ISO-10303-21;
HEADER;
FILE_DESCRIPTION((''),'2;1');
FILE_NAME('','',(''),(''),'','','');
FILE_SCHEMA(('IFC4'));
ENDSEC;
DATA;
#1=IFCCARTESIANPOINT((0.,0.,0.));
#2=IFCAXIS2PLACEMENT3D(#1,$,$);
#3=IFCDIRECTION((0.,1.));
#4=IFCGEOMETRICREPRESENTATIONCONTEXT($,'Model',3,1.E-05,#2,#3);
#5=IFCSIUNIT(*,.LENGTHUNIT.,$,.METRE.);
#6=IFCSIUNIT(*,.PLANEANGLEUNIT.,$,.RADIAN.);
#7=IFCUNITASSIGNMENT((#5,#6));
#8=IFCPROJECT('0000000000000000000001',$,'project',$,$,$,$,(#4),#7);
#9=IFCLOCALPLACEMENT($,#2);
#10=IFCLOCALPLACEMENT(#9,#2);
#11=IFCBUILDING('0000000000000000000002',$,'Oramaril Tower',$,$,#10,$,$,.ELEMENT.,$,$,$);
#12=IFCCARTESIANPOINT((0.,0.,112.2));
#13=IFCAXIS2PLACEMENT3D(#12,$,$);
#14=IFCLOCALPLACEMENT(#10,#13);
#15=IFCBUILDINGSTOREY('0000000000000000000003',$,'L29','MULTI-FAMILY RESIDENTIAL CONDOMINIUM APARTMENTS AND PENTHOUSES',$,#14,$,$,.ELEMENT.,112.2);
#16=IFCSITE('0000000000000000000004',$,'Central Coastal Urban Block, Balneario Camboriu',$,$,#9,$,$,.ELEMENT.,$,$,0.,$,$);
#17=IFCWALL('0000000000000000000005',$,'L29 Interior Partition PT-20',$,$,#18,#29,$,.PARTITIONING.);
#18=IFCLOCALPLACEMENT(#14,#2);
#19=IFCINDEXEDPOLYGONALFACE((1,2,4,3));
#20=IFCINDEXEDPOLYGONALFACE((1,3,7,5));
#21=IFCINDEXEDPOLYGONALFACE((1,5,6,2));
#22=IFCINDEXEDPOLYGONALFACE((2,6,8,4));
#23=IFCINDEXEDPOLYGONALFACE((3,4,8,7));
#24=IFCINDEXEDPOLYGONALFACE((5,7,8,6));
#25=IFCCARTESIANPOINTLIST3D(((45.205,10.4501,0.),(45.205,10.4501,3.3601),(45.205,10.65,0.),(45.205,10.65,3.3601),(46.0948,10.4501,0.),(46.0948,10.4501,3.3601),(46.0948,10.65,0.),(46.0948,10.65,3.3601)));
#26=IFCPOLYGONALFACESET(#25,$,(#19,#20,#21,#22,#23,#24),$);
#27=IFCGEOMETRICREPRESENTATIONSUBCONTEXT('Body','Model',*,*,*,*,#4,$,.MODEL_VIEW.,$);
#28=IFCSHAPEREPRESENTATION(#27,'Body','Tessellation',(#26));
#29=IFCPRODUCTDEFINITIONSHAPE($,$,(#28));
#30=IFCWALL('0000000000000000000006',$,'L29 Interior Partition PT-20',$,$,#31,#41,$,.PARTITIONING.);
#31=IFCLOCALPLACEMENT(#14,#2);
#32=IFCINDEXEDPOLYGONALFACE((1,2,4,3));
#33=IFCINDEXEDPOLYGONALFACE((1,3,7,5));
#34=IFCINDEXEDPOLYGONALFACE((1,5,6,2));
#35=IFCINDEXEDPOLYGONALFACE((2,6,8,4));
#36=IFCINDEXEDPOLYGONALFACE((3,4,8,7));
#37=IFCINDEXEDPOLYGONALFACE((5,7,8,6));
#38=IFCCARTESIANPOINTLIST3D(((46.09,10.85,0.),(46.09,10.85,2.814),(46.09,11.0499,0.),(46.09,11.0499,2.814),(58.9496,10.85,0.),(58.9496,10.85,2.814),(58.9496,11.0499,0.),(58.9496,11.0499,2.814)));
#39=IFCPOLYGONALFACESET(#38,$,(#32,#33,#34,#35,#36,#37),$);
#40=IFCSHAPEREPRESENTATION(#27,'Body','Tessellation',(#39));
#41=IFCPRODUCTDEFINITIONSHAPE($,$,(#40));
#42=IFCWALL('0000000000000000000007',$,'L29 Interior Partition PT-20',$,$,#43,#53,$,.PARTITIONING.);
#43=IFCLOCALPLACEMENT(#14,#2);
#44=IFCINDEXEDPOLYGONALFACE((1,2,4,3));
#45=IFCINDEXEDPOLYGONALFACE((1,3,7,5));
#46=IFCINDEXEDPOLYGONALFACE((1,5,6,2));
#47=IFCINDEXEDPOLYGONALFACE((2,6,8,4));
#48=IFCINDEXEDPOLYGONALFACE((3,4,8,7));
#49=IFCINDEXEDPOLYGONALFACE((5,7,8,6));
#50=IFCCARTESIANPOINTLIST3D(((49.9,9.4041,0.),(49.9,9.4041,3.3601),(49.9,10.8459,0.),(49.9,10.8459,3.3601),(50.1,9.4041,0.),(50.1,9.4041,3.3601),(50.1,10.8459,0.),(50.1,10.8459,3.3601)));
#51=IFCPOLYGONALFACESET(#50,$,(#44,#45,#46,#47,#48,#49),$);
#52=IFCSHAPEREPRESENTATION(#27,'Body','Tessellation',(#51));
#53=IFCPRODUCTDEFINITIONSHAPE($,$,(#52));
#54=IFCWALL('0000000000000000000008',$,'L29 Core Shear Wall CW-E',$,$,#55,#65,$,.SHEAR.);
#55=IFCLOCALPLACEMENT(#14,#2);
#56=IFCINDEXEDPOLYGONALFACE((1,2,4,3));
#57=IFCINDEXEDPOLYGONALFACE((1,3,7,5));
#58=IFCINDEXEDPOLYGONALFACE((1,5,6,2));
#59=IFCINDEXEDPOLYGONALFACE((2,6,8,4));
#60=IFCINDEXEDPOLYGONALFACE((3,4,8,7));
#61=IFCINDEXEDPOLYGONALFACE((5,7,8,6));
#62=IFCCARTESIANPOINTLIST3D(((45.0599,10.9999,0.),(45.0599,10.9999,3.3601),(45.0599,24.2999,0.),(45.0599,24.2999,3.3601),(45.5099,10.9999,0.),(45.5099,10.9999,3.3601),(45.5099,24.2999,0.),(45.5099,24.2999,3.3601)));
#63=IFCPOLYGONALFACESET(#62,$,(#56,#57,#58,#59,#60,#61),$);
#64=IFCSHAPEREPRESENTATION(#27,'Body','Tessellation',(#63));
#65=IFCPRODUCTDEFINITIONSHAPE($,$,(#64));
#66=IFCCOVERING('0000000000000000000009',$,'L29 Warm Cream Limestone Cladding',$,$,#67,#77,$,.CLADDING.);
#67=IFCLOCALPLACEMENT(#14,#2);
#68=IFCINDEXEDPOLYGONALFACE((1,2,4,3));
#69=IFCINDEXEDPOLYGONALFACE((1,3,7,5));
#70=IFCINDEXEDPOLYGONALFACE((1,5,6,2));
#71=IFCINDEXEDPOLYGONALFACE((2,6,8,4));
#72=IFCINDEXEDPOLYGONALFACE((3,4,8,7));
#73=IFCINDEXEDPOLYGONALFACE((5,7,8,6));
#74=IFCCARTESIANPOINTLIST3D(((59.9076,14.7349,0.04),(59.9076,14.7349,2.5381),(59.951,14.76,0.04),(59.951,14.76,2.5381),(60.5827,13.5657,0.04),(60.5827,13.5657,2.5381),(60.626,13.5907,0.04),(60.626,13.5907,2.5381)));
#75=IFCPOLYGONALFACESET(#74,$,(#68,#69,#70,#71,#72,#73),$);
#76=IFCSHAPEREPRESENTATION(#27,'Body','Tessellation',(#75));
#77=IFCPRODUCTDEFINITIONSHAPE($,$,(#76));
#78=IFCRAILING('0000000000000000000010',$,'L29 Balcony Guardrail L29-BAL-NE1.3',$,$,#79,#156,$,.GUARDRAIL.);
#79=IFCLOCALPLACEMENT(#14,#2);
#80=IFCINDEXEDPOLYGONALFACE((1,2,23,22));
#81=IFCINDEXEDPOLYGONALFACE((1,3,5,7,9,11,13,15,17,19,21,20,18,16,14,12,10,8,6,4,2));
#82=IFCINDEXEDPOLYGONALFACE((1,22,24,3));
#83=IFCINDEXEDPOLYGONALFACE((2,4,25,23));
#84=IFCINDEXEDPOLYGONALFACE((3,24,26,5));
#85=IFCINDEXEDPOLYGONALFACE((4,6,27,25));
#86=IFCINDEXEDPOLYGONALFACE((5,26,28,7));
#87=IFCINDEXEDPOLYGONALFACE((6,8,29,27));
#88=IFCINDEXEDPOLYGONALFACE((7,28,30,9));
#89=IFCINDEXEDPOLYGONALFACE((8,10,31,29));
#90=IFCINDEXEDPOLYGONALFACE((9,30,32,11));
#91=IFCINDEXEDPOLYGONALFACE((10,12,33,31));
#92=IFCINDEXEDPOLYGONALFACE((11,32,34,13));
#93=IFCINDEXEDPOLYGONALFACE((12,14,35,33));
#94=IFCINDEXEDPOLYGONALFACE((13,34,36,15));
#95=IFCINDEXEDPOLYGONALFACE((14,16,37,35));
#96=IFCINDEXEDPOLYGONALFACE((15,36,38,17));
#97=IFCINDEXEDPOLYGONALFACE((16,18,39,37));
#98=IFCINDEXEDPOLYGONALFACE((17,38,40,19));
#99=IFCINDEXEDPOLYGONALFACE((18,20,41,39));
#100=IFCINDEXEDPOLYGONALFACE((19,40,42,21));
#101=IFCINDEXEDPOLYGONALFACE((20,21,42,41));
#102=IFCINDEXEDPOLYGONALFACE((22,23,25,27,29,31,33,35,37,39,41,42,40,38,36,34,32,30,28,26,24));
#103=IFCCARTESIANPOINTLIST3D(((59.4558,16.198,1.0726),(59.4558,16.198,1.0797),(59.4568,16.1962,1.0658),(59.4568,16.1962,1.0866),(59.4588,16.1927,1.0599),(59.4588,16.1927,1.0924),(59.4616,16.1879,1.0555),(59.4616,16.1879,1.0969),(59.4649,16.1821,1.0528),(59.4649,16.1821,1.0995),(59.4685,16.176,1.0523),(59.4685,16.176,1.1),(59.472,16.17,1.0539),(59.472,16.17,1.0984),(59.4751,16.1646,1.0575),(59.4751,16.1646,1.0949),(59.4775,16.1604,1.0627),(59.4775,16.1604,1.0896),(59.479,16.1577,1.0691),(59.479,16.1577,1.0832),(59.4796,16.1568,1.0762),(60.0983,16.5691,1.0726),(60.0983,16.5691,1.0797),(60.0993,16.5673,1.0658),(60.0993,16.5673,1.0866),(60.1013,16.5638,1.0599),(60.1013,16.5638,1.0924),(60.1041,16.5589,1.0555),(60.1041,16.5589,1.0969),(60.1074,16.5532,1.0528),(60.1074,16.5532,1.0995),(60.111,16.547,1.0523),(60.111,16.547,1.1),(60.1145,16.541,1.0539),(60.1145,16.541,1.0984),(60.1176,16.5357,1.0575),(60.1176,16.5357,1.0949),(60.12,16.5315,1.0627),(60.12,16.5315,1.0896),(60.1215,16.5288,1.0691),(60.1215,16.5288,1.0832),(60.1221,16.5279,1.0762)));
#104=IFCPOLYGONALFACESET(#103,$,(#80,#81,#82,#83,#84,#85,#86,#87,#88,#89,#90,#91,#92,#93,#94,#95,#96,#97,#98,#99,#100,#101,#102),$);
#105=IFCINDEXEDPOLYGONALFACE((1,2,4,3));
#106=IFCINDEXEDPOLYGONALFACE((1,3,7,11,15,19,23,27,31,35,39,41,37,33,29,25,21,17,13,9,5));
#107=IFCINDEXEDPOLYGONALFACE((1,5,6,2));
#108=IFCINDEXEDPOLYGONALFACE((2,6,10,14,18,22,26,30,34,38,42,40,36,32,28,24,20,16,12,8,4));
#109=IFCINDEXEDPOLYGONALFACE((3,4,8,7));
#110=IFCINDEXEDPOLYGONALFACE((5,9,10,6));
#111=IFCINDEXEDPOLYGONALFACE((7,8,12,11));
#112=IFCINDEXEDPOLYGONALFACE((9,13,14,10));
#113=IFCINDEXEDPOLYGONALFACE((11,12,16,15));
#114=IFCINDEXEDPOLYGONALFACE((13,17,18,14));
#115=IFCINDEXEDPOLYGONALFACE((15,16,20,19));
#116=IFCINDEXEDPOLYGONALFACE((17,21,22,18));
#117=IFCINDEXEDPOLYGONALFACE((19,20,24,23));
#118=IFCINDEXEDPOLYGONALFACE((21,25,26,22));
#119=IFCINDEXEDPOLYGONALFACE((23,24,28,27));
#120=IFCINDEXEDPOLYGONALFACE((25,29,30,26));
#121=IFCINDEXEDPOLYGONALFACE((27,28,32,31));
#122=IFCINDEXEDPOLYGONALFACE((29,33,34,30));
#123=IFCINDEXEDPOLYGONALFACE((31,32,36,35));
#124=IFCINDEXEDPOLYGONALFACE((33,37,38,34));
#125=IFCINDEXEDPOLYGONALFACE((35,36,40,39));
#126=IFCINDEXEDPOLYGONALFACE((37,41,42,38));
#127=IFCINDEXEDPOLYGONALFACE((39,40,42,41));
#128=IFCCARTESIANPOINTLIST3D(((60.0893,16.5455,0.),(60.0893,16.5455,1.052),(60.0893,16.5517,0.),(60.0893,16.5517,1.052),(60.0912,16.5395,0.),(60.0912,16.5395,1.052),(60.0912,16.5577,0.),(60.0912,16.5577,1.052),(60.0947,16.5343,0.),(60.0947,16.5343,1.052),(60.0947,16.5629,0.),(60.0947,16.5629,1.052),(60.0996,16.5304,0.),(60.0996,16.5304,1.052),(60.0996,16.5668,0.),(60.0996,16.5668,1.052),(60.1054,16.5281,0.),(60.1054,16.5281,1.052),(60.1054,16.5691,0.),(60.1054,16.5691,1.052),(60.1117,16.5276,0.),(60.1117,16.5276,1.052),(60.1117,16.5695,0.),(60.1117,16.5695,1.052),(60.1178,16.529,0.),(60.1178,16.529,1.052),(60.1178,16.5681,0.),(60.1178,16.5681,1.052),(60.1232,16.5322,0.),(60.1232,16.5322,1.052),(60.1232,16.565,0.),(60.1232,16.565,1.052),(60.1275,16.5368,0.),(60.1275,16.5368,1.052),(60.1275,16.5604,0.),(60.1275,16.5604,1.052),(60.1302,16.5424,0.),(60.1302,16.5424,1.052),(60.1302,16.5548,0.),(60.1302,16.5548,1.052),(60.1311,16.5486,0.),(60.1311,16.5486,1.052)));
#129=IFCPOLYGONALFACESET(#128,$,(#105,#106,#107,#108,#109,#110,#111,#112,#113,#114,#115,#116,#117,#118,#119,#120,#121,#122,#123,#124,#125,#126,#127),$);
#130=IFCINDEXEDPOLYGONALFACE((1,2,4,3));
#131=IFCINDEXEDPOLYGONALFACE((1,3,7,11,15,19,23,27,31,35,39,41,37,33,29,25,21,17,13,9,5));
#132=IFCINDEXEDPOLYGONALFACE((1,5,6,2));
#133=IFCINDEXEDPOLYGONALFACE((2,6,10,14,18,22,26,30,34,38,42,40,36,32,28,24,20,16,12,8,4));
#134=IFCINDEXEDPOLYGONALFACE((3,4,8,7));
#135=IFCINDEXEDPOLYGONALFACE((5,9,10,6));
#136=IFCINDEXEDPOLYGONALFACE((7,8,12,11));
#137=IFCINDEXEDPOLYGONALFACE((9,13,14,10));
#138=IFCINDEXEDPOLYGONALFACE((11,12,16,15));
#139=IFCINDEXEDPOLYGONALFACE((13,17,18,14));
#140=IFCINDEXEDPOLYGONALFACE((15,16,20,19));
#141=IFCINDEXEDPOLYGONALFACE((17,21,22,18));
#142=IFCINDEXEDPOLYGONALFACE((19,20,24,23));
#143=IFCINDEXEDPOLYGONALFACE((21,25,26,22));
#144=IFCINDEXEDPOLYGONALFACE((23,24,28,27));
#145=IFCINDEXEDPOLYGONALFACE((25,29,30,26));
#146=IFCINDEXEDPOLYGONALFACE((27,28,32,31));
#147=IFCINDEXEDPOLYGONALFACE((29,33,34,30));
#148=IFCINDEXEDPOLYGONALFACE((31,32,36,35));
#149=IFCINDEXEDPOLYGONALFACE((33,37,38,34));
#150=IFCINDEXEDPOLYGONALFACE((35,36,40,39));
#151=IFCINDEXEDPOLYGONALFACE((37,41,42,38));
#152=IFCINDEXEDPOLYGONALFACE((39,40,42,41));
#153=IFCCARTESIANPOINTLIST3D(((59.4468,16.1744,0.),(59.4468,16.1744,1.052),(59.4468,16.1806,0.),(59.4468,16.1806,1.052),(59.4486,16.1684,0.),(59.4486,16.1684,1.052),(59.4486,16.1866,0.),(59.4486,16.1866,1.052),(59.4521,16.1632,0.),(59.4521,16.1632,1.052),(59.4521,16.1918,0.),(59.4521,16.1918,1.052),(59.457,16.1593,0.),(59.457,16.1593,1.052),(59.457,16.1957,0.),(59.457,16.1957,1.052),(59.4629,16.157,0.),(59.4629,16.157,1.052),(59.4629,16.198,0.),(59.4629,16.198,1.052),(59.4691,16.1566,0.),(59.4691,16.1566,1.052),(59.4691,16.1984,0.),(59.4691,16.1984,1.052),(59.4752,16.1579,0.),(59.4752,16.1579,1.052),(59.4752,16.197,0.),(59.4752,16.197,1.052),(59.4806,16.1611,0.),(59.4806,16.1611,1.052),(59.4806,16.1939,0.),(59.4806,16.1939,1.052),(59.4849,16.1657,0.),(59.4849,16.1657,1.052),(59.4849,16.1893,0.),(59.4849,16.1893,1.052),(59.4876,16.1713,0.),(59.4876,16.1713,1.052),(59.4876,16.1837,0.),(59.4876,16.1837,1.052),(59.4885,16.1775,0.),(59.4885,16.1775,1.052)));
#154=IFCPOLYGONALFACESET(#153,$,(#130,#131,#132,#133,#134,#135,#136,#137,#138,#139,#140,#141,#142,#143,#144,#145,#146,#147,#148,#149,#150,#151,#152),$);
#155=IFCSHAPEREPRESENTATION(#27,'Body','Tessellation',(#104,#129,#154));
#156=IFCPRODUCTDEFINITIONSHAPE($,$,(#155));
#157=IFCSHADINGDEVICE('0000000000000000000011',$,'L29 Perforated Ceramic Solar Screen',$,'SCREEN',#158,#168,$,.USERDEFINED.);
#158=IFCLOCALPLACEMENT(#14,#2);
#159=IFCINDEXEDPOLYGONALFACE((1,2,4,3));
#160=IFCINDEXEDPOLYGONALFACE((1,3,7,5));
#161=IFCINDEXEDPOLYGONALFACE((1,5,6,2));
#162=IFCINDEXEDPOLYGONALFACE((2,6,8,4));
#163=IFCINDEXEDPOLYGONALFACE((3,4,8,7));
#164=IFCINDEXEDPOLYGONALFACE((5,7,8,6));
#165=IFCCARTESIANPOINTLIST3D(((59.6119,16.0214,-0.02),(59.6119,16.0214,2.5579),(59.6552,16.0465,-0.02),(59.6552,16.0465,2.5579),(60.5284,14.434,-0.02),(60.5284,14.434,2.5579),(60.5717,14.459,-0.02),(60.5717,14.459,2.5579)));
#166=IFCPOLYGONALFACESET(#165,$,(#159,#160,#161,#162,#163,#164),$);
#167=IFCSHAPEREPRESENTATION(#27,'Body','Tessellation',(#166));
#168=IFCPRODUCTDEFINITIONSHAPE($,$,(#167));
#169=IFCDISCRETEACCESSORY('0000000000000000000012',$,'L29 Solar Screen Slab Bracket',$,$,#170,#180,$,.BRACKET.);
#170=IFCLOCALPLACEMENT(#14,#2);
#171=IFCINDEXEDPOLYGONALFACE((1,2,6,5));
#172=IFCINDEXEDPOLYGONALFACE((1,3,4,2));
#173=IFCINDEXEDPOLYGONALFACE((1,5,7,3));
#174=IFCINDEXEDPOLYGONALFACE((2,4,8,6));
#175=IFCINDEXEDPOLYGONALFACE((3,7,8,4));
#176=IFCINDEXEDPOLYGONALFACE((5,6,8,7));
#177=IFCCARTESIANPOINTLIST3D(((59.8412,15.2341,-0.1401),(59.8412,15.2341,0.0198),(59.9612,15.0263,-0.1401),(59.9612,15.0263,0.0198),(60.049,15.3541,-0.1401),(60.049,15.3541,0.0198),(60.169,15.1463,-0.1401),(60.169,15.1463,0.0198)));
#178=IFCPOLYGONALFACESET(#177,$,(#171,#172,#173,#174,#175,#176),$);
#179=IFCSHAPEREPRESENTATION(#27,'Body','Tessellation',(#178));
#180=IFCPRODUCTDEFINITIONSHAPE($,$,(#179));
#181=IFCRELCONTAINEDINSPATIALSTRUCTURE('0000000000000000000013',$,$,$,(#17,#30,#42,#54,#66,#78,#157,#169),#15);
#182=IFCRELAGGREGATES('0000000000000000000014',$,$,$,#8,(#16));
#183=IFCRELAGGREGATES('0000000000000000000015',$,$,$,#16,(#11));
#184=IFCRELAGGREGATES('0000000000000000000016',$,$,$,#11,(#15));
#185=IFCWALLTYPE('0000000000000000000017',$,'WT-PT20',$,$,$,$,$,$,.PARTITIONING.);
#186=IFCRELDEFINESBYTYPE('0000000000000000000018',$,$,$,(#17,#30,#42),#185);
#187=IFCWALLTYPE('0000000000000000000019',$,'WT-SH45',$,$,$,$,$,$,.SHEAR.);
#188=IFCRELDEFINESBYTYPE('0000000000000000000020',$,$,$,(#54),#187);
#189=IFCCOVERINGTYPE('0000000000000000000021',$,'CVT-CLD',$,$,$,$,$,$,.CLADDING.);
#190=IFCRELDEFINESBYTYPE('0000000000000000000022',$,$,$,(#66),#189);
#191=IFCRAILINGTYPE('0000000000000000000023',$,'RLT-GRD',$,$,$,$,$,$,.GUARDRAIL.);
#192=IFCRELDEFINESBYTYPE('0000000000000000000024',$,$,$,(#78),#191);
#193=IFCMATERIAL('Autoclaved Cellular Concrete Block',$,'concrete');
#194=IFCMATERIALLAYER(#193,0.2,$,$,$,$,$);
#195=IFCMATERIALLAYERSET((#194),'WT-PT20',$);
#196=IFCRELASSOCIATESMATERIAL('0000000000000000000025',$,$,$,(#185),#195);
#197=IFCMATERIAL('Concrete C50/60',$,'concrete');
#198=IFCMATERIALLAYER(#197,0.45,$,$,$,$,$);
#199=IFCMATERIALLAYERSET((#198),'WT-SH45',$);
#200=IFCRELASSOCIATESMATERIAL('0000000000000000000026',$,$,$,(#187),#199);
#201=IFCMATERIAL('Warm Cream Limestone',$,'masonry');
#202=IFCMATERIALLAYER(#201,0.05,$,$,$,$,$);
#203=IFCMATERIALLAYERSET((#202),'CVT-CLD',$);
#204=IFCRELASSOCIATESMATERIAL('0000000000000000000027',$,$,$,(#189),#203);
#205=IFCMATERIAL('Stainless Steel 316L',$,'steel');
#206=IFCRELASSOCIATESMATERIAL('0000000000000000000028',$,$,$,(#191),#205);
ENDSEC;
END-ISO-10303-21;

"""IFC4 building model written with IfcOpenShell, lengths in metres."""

from ifc_helpers import new_model, si_unit, direction, frame, frame_2d, origin, origin_2d, place, context, subcontext, project, spatial, rectangle, circle, extrude, material, layer, layer_set, type_object, element, save


model = new_model("IFC4")

# Units and contexts
model_context = context("Model", 3, precision=1e-05, world=origin(), true_north=direction((0.0, 1.0)))
body_context = subcontext(model_context, "Body", "Model", "MODEL_VIEW")
ifc_project = project(units=[si_unit("LENGTHUNIT", "METRE"), si_unit("PLANEANGLEUNIT", "RADIAN")], contexts=[model_context])

# Site, building, storey
site_placement = place(None, origin())
site = spatial("IfcSite", under=ifc_project, at=site_placement, Name="Central Coastal Urban Block, Balneario Camboriu", CompositionType="ELEMENT", RefElevation=0.0)
building_placement = place(site_placement, origin())
building = spatial("IfcBuilding", under=site, at=building_placement, Name="Oramaril Tower", CompositionType="ELEMENT")
storey_placement = place(building_placement, frame((0.0, 0.0, 112.2)))
storey = spatial("IfcBuildingStorey", under=building, at=storey_placement, Name="L29", Description="MULTI-FAMILY RESIDENTIAL CONDOMINIUM APARTMENTS AND PENTHOUSES", CompositionType="ELEMENT", Elevation=112.2)

# Walls
ifc_material_1 = material(Name="Autoclaved Cellular Concrete Block", Category="concrete")
ifc_layer_1 = layer(ifc_material_1, 0.2)
ifc_layer_set_1 = layer_set([ifc_layer_1], Name="WT-PT20")
wall_type_1 = type_object("IfcWallType", Name="WT-PT20", PredefinedType="PARTITIONING", material=ifc_layer_set_1)
wall_1_placement = place(storey_placement, frame((45.2051, 10.55, 0.0), z_axis=(0.0, 0.0, 1.0), x_axis=(1.0, 0.0, 0.0)))
element("IfcWall", 1, at=wall_1_placement, inside=storey, type_object=wall_type_1, Name="L29 Interior Partition PT-20", PredefinedType="PARTITIONING", context=body_context, shape_type="SweptSolid", body=[
    extrude(rectangle(XDim=0.8899, YDim=0.2, at=frame_2d((0.4448, 0.0))), origin(), (0.0, 0.0, 1.0), 3.3601),
])
wall_2_placement = place(storey_placement, frame((46.0901, 10.95, 0.0), z_axis=(0.0, 0.0, 1.0), x_axis=(1.0, 0.0, 0.0)))
element("IfcWall", 2, at=wall_2_placement, inside=storey, type_object=wall_type_1, Name="L29 Interior Partition PT-20", PredefinedType="PARTITIONING", context=body_context, shape_type="SweptSolid", body=[
    extrude(rectangle(XDim=12.8596, YDim=0.2, at=frame_2d((6.4297, 0.0))), origin(), (0.0, 0.0, 1.0), 2.814),
])
wall_3_placement = place(storey_placement, frame((50.0, 9.4041, 0.0), z_axis=(0.0, 0.0, 1.0), x_axis=(0.0, 1.0, 0.0)))
element("IfcWall", 3, at=wall_3_placement, inside=storey, type_object=wall_type_1, Name="L29 Interior Partition PT-20", PredefinedType="PARTITIONING", context=body_context, shape_type="SweptSolid", body=[
    extrude(rectangle(XDim=1.4419, YDim=0.2, at=frame_2d((0.7209, 0.0))), origin(), (0.0, 0.0, 1.0), 3.3601),
])
ifc_material_2 = material(Name="Concrete C50/60", Category="concrete")
ifc_layer_2 = layer(ifc_material_2, 0.45)
ifc_layer_set_2 = layer_set([ifc_layer_2], Name="WT-SH45")
wall_type_2 = type_object("IfcWallType", Name="WT-SH45", PredefinedType="SHEAR", material=ifc_layer_set_2)
wall_4_placement = place(storey_placement, frame((45.2849, 11.0, 0.0), z_axis=(0.0, 0.0, 1.0), x_axis=(0.0, 1.0, 0.0)))
element("IfcWall", 4, at=wall_4_placement, inside=storey, type_object=wall_type_2, Name="L29 Core Shear Wall CW-E", PredefinedType="SHEAR", context=body_context, shape_type="SweptSolid", body=[
    extrude(rectangle(XDim=13.3, YDim=0.45, at=frame_2d((6.6499, 0.0))), origin(), (0.0, 0.0, 1.0), 3.3601),
])

# Covering
ifc_material_3 = material(Name="Warm Cream Limestone", Category="masonry")
ifc_layer_3 = layer(ifc_material_3, 0.05)
ifc_layer_set_3 = layer_set([ifc_layer_3], Name="CVT-CLD")
covering_type = type_object("IfcCoveringType", Name="CVT-CLD", PredefinedType="CLADDING", material=ifc_layer_set_3)
covering_placement = place(storey_placement, frame((60.2668, 14.1628, 0.04), z_axis=(0.0, 0.0, 1.0), x_axis=(-0.5, 0.866025, 0.0)))
element("IfcCovering", 5, at=covering_placement, inside=storey, type_object=covering_type, Name="L29 Warm Cream Limestone Cladding", PredefinedType="CLADDING", context=body_context, shape_type="SweptSolid", body=[
    extrude(rectangle(XDim=1.3501, YDim=0.05, at=origin_2d()), origin(), (0.0, 0.0, 1.0), 2.498),
])

# Railing
ifc_material_4 = material(Name="Stainless Steel 316L", Category="steel")
railing_type = type_object("IfcRailingType", Name="RLT-GRD", PredefinedType="GUARDRAIL", material=ifc_material_4)
railing_placement = place(storey_placement, frame((60.1101, 16.5486, 0.0)))
element("IfcRailing", 6, at=railing_placement, inside=storey, type_object=railing_type, Name="L29 Balcony Guardrail L29-BAL-NE1.3", PredefinedType="GUARDRAIL", context=body_context, shape_type="SweptSolid", body=[
    extrude(circle(Radius=0.0239, at=origin_2d()), frame((0.0, 0.0, 1.0762), z_axis=(-0.865966, -0.500102, 0.0), x_axis=(0.500102, -0.865966, 0.0)), (0.0, 0.0, 1.0), 0.7419),
    extrude(circle(Radius=0.021, at=origin_2d()), origin(), (0.0, 0.0, 1.0), 1.052),
    extrude(circle(Radius=0.021, at=origin_2d()), frame((-0.6426, -0.3711, 0.0)), (0.0, 0.0, 1.0), 1.052),
])

# Shading device
shading_device_placement = place(storey_placement, frame((60.0918, 15.2402, -0.02), z_axis=(0.0, 0.0, 1.0), x_axis=(-0.5, 0.866025, 0.0)))
element("IfcShadingDevice", 7, at=shading_device_placement, inside=storey, Name="L29 Perforated Ceramic Solar Screen", ObjectType="SCREEN", PredefinedType="USERDEFINED", context=body_context, shape_type="SweptSolid", body=[
    extrude(rectangle(XDim=1.833, YDim=0.05, at=origin_2d()), origin(), (0.0, 0.0, 1.0), 2.5779),
])

# Discrete accessory
discrete_accessory_placement = place(storey_placement, frame((60.0051, 15.1902, -0.1401), z_axis=(0.0, 0.0, 1.0), x_axis=(-0.5, 0.866025, 0.0)))
element("IfcDiscreteAccessory", 8, at=discrete_accessory_placement, inside=storey, Name="L29 Solar Screen Slab Bracket", PredefinedType="BRACKET", context=body_context, shape_type="SweptSolid", body=[
    extrude(rectangle(XDim=0.24, YDim=0.24, at=origin_2d()), origin(), (0.0, 0.0, 1.0), 0.1599),
])

save(model, "model.ifc")
